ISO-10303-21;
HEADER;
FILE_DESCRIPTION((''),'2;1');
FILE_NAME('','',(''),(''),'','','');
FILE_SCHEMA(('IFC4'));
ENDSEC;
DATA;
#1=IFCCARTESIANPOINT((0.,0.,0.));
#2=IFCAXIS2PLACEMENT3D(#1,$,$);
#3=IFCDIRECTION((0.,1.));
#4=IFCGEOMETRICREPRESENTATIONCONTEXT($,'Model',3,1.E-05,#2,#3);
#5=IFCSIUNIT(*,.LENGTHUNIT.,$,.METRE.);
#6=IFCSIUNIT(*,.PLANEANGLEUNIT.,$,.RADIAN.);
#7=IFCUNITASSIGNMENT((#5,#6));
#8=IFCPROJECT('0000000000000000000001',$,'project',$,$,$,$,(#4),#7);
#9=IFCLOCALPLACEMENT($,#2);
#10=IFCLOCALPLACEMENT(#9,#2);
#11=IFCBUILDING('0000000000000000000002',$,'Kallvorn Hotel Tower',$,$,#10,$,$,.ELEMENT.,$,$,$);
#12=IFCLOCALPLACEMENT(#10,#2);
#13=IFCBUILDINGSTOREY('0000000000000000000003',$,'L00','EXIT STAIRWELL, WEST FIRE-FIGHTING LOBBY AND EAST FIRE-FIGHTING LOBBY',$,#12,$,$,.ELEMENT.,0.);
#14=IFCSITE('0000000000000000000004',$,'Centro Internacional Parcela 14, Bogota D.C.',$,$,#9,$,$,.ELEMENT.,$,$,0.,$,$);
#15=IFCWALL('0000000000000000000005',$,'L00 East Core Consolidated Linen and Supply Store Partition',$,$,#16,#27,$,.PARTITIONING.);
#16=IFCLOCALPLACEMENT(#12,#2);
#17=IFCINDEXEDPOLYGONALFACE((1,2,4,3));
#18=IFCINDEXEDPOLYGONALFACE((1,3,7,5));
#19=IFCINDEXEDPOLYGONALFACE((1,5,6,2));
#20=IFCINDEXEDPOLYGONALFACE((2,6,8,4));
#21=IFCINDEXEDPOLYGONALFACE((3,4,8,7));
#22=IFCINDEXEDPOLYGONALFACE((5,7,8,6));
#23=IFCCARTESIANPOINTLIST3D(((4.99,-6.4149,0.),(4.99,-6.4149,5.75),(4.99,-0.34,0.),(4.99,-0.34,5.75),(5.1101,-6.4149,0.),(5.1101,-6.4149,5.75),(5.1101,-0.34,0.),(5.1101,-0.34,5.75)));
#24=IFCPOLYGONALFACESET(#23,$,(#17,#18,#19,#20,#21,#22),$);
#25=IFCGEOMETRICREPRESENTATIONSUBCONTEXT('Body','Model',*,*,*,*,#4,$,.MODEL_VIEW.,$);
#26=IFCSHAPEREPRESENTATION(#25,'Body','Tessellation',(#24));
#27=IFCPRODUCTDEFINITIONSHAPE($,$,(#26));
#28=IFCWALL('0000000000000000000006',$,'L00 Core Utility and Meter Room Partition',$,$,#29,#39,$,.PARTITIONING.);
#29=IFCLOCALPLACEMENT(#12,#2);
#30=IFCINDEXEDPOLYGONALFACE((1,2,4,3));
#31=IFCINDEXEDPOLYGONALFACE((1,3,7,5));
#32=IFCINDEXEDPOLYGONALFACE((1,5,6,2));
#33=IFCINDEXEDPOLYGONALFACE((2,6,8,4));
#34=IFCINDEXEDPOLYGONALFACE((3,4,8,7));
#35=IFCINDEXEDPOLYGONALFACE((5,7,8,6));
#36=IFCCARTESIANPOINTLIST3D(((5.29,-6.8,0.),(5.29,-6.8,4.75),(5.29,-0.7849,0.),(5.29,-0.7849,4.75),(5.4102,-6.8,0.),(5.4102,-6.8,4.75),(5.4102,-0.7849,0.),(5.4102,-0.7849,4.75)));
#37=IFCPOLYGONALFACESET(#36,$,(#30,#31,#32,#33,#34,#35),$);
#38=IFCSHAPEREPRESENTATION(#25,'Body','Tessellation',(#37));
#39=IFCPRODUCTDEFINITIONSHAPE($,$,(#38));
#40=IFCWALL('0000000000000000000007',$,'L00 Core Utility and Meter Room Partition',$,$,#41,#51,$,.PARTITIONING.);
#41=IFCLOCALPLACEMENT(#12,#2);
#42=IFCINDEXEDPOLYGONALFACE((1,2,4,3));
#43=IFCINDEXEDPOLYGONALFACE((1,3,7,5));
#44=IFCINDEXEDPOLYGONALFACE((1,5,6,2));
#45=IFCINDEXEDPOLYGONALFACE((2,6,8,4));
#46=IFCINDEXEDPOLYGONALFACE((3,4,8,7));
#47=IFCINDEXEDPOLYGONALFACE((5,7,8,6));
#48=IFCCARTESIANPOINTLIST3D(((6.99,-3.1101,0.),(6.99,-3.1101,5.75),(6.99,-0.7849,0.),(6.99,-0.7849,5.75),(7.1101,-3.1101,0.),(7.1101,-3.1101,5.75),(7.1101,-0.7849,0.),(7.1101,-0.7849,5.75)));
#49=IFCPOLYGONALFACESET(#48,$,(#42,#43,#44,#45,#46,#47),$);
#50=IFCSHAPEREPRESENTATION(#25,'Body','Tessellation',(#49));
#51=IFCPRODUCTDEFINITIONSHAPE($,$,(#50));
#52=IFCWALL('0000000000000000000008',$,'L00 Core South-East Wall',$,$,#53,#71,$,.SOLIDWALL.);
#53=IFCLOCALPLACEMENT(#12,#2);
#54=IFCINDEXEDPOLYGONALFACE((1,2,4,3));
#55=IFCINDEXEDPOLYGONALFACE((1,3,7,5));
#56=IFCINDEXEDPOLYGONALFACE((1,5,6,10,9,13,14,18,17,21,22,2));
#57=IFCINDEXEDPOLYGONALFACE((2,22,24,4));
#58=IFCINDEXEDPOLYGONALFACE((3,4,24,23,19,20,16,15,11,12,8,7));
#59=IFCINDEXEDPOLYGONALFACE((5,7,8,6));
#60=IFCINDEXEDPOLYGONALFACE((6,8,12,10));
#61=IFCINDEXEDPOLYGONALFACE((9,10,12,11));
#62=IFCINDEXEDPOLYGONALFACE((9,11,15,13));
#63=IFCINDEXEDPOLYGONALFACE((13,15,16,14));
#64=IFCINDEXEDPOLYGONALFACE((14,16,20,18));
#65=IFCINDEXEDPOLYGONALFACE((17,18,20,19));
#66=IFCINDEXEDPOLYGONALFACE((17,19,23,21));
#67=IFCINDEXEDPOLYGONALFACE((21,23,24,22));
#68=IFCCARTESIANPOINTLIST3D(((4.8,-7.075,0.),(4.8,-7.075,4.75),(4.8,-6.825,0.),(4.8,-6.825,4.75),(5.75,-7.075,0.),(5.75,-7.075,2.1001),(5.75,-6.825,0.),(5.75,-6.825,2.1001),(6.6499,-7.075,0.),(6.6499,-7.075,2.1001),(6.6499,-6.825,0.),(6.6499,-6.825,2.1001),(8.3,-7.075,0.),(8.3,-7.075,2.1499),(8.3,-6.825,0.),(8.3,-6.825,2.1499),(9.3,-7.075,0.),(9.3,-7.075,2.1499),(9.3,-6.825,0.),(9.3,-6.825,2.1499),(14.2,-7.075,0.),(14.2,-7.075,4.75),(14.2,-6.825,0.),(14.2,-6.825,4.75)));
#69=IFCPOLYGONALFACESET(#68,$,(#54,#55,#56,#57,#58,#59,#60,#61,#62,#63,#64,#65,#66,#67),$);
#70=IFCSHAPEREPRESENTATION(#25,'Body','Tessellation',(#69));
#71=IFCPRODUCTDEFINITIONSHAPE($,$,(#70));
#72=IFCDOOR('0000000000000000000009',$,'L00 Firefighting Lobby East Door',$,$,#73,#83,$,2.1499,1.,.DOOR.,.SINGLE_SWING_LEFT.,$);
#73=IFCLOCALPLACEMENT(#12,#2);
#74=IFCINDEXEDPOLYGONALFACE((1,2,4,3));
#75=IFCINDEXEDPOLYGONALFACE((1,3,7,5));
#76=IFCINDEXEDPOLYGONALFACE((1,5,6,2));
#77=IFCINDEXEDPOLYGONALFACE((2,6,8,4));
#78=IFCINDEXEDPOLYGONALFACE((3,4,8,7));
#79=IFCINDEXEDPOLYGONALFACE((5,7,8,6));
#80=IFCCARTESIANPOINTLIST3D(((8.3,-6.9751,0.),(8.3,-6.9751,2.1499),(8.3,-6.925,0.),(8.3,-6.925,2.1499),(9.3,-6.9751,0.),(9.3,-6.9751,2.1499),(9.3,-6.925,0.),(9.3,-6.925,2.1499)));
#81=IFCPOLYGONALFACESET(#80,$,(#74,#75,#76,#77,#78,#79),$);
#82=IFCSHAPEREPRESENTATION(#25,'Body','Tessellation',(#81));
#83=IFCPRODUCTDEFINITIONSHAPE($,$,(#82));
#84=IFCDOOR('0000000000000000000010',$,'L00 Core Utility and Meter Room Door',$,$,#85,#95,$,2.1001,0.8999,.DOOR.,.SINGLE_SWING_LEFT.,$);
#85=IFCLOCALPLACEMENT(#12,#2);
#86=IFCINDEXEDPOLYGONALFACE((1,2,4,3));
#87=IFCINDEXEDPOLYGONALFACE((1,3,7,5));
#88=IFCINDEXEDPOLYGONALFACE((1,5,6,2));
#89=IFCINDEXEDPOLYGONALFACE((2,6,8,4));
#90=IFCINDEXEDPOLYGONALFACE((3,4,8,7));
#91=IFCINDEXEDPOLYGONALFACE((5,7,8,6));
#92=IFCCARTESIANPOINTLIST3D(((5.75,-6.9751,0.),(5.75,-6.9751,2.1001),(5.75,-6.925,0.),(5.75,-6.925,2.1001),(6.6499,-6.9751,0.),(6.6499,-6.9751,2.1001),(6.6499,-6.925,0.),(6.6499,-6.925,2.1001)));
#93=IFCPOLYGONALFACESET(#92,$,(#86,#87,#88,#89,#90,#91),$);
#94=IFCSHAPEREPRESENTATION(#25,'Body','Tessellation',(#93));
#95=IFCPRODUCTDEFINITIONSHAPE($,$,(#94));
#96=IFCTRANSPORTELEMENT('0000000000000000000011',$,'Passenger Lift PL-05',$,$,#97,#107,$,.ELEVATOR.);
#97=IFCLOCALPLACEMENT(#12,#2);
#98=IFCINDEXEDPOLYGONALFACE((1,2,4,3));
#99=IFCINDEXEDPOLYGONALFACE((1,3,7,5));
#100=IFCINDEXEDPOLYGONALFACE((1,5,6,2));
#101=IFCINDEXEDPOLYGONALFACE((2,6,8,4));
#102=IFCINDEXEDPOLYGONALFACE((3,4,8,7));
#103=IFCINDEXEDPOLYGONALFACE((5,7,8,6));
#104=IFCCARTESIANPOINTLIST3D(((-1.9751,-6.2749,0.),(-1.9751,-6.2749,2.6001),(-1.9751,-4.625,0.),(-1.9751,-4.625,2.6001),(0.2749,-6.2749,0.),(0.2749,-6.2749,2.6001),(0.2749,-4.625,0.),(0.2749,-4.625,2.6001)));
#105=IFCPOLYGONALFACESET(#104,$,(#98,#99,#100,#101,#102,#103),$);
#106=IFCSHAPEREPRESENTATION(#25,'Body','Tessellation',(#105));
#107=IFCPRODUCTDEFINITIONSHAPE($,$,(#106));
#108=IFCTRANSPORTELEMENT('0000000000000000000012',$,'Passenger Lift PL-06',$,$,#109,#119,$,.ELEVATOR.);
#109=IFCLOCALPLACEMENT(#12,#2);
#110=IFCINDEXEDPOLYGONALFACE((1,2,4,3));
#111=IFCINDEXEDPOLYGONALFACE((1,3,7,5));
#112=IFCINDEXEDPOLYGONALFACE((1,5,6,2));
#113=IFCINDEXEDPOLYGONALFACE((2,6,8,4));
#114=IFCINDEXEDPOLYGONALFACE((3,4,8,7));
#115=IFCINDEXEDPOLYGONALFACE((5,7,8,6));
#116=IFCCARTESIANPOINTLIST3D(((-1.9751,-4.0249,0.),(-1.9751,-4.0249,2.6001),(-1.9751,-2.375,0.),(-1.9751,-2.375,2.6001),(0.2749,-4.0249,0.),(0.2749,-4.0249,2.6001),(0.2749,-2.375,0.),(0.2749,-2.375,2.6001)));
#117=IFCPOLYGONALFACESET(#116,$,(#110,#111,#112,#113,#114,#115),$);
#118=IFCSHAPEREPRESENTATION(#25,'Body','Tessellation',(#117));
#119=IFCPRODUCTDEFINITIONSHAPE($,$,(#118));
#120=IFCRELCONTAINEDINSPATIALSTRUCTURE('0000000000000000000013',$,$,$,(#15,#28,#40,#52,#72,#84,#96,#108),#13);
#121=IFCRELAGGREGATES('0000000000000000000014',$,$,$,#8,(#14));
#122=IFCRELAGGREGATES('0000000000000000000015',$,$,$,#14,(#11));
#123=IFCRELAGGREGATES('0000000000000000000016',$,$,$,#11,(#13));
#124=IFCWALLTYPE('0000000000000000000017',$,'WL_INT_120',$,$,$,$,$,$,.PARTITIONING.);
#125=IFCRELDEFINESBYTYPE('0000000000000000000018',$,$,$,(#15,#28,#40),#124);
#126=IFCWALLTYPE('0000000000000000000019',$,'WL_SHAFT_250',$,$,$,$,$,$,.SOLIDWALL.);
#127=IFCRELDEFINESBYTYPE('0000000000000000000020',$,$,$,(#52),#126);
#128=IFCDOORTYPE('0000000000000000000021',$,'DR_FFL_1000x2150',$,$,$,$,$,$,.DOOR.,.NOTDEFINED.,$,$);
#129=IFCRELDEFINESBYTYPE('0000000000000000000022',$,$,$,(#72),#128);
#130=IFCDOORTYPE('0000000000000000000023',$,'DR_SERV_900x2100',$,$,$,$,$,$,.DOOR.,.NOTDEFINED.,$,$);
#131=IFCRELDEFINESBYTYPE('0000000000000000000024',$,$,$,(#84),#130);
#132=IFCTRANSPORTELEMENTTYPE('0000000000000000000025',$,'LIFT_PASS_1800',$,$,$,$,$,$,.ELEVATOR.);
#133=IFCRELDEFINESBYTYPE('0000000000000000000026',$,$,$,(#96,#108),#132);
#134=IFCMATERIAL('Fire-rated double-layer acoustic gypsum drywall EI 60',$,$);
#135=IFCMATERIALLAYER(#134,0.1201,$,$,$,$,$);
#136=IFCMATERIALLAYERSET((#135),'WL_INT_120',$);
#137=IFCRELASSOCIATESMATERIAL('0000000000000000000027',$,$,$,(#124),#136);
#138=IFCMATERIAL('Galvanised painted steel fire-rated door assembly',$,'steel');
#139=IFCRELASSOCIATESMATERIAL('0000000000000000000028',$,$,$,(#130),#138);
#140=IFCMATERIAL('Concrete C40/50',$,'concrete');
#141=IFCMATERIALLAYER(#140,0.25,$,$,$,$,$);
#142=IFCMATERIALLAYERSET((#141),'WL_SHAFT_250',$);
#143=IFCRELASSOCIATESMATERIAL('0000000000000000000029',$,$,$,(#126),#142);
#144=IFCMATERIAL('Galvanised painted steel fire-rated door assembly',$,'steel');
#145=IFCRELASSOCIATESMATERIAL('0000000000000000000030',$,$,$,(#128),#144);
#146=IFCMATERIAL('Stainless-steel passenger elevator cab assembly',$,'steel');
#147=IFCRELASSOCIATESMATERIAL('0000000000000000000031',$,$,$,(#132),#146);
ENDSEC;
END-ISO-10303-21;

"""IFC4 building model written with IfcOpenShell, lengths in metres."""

from ifc_helpers import new_model, si_unit, direction, frame, frame_2d, origin, origin_2d, place, context, subcontext, project, spatial, rectangle, extrude, material, layer, layer_set, type_object, element, fill, save


model = new_model("IFC4")

# Units and contexts
model_context = context("Model", 3, precision=1e-05, world=origin(), true_north=direction((0.0, 1.0)))
body_context = subcontext(model_context, "Body", "Model", "MODEL_VIEW")
ifc_project = project(units=[si_unit("LENGTHUNIT", "METRE"), si_unit("PLANEANGLEUNIT", "RADIAN")], contexts=[model_context])

# Site, building, storey
site_placement = place(None, origin())
site = spatial("IfcSite", under=ifc_project, at=site_placement, Name="Centro Internacional Parcela 14, Bogota D.C.", CompositionType="ELEMENT", RefElevation=0.0)
building_placement = place(site_placement, origin())
building = spatial("IfcBuilding", under=site, at=building_placement, Name="Kallvorn Hotel Tower", CompositionType="ELEMENT")
storey_placement = place(building_placement, origin())
storey = spatial("IfcBuildingStorey", under=building, at=storey_placement, Name="L00", Description="EXIT STAIRWELL, WEST FIRE-FIGHTING LOBBY AND EAST FIRE-FIGHTING LOBBY", CompositionType="ELEMENT", Elevation=0.0)

# Shared definitions
ifc_material_1 = material(Name="Fire-rated double-layer acoustic gypsum drywall EI 60")
ifc_layer_1 = layer(ifc_material_1, 0.1201)
ifc_layer_set_1 = layer_set([ifc_layer_1], Name="WL_INT_120")
wall_type_1 = type_object("IfcWallType", Name="WL_INT_120", PredefinedType="PARTITIONING", material=ifc_layer_set_1)

# Shared definitions
ifc_material_2 = material(Name="Galvanised painted steel fire-rated door assembly", Category="steel")
door_type_1 = type_object("IfcDoorType", Name="DR_SERV_900x2100", OperationType="NOTDEFINED", PredefinedType="DOOR", material=ifc_material_2)

# Walls
wall_1_placement = place(storey_placement, frame((5.05, -6.415, 0.0), z_axis=(0.0, 0.0, 1.0), x_axis=(0.0, 1.0, 0.0)))
element("IfcWall", 1, at=wall_1_placement, inside=storey, type_object=wall_type_1, Name="L00 East Core Consolidated Linen and Supply Store Partition", PredefinedType="PARTITIONING", context=body_context, shape_type="SweptSolid", body=[
    extrude(rectangle(XDim=6.075, YDim=0.1201, at=frame_2d((3.0376, 0.0))), origin(), (0.0, 0.0, 1.0), 5.75),
])
wall_2_placement = place(storey_placement, frame((5.3501, -6.8, 0.0), z_axis=(0.0, 0.0, 1.0), x_axis=(0.0, 1.0, 0.0)))
element("IfcWall", 2, at=wall_2_placement, inside=storey, type_object=wall_type_1, Name="L00 Core Utility and Meter Room Partition", PredefinedType="PARTITIONING", context=body_context, shape_type="SweptSolid", body=[
    extrude(rectangle(XDim=6.0151, YDim=0.1201, at=frame_2d((3.0076, 0.0))), origin(), (0.0, 0.0, 1.0), 4.75),
])
wall_3_placement = place(storey_placement, frame((7.05, -3.1101, 0.0), z_axis=(0.0, 0.0, 1.0), x_axis=(0.0, 1.0, 0.0)))
element("IfcWall", 3, at=wall_3_placement, inside=storey, type_object=wall_type_1, Name="L00 Core Utility and Meter Room Partition", PredefinedType="PARTITIONING", context=body_context, shape_type="SweptSolid", body=[
    extrude(rectangle(XDim=2.3252, YDim=0.1201, at=frame_2d((1.1626, 0.0))), origin(), (0.0, 0.0, 1.0), 5.75),
])

# Wall, openings, doors
ifc_material_3 = material(Name="Concrete C40/50", Category="concrete")
ifc_layer_2 = layer(ifc_material_3, 0.25)
ifc_layer_set_2 = layer_set([ifc_layer_2], Name="WL_SHAFT_250")
wall_type_2 = type_object("IfcWallType", Name="WL_SHAFT_250", PredefinedType="SOLIDWALL", material=ifc_layer_set_2)
wall_4_placement = place(storey_placement, frame((4.8, -6.95, 0.0), z_axis=(0.0, 0.0, 1.0), x_axis=(1.0, 0.0, 0.0)))
wall_4 = element("IfcWall", 4, at=wall_4_placement, inside=storey, type_object=wall_type_2, Name="L00 Core South-East Wall", PredefinedType="SOLIDWALL", context=body_context, shape_type="SweptSolid", body=[
    extrude(rectangle(XDim=9.3999, YDim=0.25, at=frame_2d((4.7, 0.0))), origin(), (0.0, 0.0, 1.0), 4.75),
])
opening_1_placement = place(wall_4_placement, frame((3.5, 0.0, 0.0)))
opening_1 = element("IfcOpeningElement", 5, at=opening_1_placement, cuts=wall_4, PredefinedType="OPENING", context=body_context, shape_type="SweptSolid", body=[
    extrude(rectangle(XDim=1.0, YDim=2.1499, at=frame_2d((0.5, 1.075))), frame((0.0, 0.1399, 0.0), z_axis=(0.0, -1.0, 0.0), x_axis=(1.0, 0.0, 0.0)), (0.0, 0.0, 1.0), 0.28),
])
opening_2_placement = place(wall_4_placement, frame((0.95, 0.0, 0.0)))
opening_2 = element("IfcOpeningElement", 6, at=opening_2_placement, cuts=wall_4, PredefinedType="OPENING", context=body_context, shape_type="SweptSolid", body=[
    extrude(rectangle(XDim=0.8999, YDim=2.1001, at=frame_2d((0.45, 1.05))), frame((0.0, 0.1399, 0.0), z_axis=(0.0, -1.0, 0.0), x_axis=(1.0, 0.0, 0.0)), (0.0, 0.0, 1.0), 0.28),
])
ifc_material_4 = material(Name="Galvanised painted steel fire-rated door assembly", Category="steel")
door_type_2 = type_object("IfcDoorType", Name="DR_FFL_1000x2150", OperationType="NOTDEFINED", PredefinedType="DOOR", material=ifc_material_4)
door_1_placement = place(opening_1_placement, origin())
door_1 = element("IfcDoor", 7, at=door_1_placement, inside=storey, type_object=door_type_2, Name="L00 Firefighting Lobby East Door", OperationType="SINGLE_SWING_LEFT", OverallHeight=2.1499, OverallWidth=1.0, PredefinedType="DOOR", context=body_context, shape_type="SweptSolid", body=[
    extrude(rectangle(XDim=1.0, YDim=2.1499, at=frame_2d((0.5, 1.075))), frame((0.0, 0.0249, 0.0), z_axis=(0.0, -1.0, 0.0), x_axis=(1.0, 0.0, 0.0)), (0.0, 0.0, 1.0), 0.05),
])
fill(opening_1, door_1)
door_2_placement = place(opening_2_placement, origin())
door_2 = element("IfcDoor", 8, at=door_2_placement, inside=storey, type_object=door_type_1, Name="L00 Core Utility and Meter Room Door", OperationType="SINGLE_SWING_LEFT", OverallHeight=2.1001, OverallWidth=0.8999, PredefinedType="DOOR", context=body_context, shape_type="SweptSolid", body=[
    extrude(rectangle(XDim=0.8999, YDim=2.1001, at=frame_2d((0.45, 1.05))), frame((0.0, 0.0249, 0.0), z_axis=(0.0, -1.0, 0.0), x_axis=(1.0, 0.0, 0.0)), (0.0, 0.0, 1.0), 0.05),
])
fill(opening_2, door_2)

# Transport elements
ifc_material_5 = material(Name="Stainless-steel passenger elevator cab assembly", Category="steel")
transport_element_type = type_object("IfcTransportElementType", Name="LIFT_PASS_1800", PredefinedType="ELEVATOR", material=ifc_material_5)
for number, where, z_axis, x_axis, name in (
    (9, (-0.8501, -5.45, 0.0), (0.0, 0.0, 1.0), (1.0, 0.0, 0.0), "Passenger Lift PL-05"),
    (10, (-0.8501, -3.2, 0.0), (0.0, 0.0, 1.0), (1.0, 0.0, 0.0), "Passenger Lift PL-06"),
):
    element("IfcTransportElement", number, at=place(storey_placement, frame(where, z_axis=z_axis, x_axis=x_axis)), inside=storey, type_object=transport_element_type, Name=name, PredefinedType="ELEVATOR", context=body_context, shape_type="SweptSolid", body=[
        extrude(rectangle(XDim=2.25, YDim=1.6499, at=origin_2d()), origin(), (0.0, 0.0, 1.0), 2.6001),
    ])

save(model, "model.ifc")
